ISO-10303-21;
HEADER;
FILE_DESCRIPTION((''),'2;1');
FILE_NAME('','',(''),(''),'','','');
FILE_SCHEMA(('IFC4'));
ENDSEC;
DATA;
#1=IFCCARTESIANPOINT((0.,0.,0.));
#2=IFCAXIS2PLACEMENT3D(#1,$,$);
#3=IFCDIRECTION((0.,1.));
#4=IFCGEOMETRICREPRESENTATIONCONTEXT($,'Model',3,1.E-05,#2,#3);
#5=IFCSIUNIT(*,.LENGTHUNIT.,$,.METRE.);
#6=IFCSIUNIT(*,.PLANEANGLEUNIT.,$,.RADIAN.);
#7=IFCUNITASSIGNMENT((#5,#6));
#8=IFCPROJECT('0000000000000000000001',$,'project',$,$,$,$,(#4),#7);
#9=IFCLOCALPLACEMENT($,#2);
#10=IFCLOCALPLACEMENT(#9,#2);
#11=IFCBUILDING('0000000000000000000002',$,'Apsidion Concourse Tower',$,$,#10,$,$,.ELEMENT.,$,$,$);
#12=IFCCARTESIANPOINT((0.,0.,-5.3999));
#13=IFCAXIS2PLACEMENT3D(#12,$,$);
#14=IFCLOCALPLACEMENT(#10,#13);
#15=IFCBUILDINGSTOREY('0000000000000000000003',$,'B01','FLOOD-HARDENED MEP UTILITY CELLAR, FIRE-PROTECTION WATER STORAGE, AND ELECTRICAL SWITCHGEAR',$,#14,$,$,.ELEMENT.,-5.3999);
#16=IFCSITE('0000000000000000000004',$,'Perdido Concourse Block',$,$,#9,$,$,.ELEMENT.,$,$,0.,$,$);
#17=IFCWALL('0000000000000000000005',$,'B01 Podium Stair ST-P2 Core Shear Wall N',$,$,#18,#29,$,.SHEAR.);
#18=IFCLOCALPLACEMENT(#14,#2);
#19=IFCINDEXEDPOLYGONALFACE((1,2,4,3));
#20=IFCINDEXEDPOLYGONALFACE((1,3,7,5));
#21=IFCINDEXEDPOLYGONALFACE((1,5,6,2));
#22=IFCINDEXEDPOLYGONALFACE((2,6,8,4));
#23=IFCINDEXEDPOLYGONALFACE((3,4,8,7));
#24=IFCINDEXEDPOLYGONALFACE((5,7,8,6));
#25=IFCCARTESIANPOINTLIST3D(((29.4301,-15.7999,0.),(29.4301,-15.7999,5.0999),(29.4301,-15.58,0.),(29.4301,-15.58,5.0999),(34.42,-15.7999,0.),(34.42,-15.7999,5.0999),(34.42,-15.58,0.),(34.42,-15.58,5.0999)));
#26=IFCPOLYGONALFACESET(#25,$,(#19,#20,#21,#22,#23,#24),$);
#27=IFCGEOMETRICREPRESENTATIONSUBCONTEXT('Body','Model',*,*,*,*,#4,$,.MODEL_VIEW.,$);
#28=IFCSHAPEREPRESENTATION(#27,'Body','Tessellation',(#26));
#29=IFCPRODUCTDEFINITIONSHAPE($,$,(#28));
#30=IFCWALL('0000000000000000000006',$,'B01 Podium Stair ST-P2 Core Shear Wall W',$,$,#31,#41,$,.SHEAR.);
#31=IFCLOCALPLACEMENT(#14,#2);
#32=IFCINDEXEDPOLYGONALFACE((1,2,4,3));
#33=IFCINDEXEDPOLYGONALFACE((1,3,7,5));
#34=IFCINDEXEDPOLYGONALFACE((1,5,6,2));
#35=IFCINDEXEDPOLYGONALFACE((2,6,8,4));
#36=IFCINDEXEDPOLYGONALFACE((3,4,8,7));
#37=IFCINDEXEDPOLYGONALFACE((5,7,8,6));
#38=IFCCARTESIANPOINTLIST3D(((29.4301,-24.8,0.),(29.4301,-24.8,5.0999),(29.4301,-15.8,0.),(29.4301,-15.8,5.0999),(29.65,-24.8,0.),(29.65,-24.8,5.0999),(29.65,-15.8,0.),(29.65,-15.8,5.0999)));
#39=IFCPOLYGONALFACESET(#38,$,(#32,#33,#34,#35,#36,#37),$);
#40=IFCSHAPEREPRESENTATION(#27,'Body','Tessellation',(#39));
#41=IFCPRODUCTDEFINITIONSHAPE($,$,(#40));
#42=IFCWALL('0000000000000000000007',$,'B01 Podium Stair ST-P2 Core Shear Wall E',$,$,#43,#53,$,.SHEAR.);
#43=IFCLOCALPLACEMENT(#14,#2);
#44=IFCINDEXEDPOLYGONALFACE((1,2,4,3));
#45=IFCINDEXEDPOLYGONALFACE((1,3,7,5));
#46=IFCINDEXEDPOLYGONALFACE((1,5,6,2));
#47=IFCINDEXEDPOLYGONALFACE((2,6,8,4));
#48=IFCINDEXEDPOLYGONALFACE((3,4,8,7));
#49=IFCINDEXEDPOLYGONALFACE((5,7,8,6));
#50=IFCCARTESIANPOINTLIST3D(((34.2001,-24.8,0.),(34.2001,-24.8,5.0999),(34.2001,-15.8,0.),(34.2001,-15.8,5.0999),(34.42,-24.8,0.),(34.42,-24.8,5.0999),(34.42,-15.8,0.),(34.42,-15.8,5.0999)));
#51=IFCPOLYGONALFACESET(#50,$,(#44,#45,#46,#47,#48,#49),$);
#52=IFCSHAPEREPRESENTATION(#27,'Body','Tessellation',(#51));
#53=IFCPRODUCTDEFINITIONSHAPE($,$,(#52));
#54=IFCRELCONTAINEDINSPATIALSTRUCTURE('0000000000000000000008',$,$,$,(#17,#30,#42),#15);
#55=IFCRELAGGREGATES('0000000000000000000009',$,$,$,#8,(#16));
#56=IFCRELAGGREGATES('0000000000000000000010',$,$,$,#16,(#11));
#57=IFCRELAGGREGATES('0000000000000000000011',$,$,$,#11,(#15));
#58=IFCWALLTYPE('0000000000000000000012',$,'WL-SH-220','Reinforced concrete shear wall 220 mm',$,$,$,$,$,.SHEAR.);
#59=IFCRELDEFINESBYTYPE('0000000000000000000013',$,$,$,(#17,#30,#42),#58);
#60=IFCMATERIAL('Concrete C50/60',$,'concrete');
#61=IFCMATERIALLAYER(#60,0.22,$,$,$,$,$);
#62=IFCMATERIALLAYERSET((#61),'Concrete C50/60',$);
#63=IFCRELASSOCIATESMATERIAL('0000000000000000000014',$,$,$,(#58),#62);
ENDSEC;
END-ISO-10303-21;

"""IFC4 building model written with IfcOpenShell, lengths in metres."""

from ifc_helpers import new_model, si_unit, direction, frame, frame_2d, origin, place, context, subcontext, project, spatial, rectangle, extrude, material, layer, layer_set, type_object, element, save


model = new_model("IFC4")

# Units and contexts
model_context = context("Model", 3, precision=1e-05, world=origin(), true_north=direction((0.0, 1.0)))
body_context = subcontext(model_context, "Body", "Model", "MODEL_VIEW")
ifc_project = project(units=[si_unit("LENGTHUNIT", "METRE"), si_unit("PLANEANGLEUNIT", "RADIAN")], contexts=[model_context])

# Site, building, storey
site_placement = place(None, origin())
site = spatial("IfcSite", under=ifc_project, at=site_placement, Name="Perdido Concourse Block", CompositionType="ELEMENT", RefElevation=0.0)
building_placement = place(site_placement, origin())
building = spatial("IfcBuilding", under=site, at=building_placement, Name="Apsidion Concourse Tower", CompositionType="ELEMENT")
storey_placement = place(building_placement, frame((0.0, 0.0, -5.3999)))
storey = spatial("IfcBuildingStorey", under=building, at=storey_placement, Name="B01", Description="FLOOD-HARDENED MEP UTILITY CELLAR, FIRE-PROTECTION WATER STORAGE, AND ELECTRICAL SWITCHGEAR", CompositionType="ELEMENT", Elevation=-5.3999)

# Shared definitions
ifc_material_1 = material(Name="Concrete C50/60", Category="concrete")

# Walls
ifc_layer_1 = layer(ifc_material_1, 0.22)
ifc_layer_set_1 = layer_set([ifc_layer_1], Name="Concrete C50/60")
wall_type_1 = type_object("IfcWallType", Name="WL-SH-220", Description="Reinforced concrete shear wall 220 mm", PredefinedType="SHEAR", material=ifc_layer_set_1)
for number, where, z_axis, x_axis, name in (
    (1, (29.4299, -15.6899, 0.0), (0.0, 0.0, 1.0), (1.0, 0.0, 0.0), "B01 Podium Stair ST-P2 Core Shear Wall N"),
):
    element("IfcWall", number, at=place(storey_placement, frame(where, z_axis=z_axis, x_axis=x_axis)), inside=storey, type_object=wall_type_1, Name=name, PredefinedType="SHEAR", context=body_context, shape_type="SweptSolid", body=[
        extrude(rectangle(XDim=4.99, YDim=0.22, at=frame_2d((2.4951, 0.0))), origin(), (0.0, 0.0, 1.0), 5.0999),
    ])
for number, where, z_axis, x_axis, name in (
    (2, (29.54, -24.8, 0.0), (0.0, 0.0, 1.0), (0.0, 1.0, 0.0), "B01 Podium Stair ST-P2 Core Shear Wall W"),
    (3, (34.3101, -24.8, 0.0), (0.0, 0.0, 1.0), (0.0, 1.0, 0.0), "B01 Podium Stair ST-P2 Core Shear Wall E"),
):
    element("IfcWall", number, at=place(storey_placement, frame(where, z_axis=z_axis, x_axis=x_axis)), inside=storey, type_object=wall_type_1, Name=name, PredefinedType="SHEAR", context=body_context, shape_type="SweptSolid", body=[
        extrude(rectangle(XDim=9.0, YDim=0.22, at=frame_2d((4.5, 0.0))), origin(), (0.0, 0.0, 1.0), 5.0999),
    ])

save(model, "model.ifc")
